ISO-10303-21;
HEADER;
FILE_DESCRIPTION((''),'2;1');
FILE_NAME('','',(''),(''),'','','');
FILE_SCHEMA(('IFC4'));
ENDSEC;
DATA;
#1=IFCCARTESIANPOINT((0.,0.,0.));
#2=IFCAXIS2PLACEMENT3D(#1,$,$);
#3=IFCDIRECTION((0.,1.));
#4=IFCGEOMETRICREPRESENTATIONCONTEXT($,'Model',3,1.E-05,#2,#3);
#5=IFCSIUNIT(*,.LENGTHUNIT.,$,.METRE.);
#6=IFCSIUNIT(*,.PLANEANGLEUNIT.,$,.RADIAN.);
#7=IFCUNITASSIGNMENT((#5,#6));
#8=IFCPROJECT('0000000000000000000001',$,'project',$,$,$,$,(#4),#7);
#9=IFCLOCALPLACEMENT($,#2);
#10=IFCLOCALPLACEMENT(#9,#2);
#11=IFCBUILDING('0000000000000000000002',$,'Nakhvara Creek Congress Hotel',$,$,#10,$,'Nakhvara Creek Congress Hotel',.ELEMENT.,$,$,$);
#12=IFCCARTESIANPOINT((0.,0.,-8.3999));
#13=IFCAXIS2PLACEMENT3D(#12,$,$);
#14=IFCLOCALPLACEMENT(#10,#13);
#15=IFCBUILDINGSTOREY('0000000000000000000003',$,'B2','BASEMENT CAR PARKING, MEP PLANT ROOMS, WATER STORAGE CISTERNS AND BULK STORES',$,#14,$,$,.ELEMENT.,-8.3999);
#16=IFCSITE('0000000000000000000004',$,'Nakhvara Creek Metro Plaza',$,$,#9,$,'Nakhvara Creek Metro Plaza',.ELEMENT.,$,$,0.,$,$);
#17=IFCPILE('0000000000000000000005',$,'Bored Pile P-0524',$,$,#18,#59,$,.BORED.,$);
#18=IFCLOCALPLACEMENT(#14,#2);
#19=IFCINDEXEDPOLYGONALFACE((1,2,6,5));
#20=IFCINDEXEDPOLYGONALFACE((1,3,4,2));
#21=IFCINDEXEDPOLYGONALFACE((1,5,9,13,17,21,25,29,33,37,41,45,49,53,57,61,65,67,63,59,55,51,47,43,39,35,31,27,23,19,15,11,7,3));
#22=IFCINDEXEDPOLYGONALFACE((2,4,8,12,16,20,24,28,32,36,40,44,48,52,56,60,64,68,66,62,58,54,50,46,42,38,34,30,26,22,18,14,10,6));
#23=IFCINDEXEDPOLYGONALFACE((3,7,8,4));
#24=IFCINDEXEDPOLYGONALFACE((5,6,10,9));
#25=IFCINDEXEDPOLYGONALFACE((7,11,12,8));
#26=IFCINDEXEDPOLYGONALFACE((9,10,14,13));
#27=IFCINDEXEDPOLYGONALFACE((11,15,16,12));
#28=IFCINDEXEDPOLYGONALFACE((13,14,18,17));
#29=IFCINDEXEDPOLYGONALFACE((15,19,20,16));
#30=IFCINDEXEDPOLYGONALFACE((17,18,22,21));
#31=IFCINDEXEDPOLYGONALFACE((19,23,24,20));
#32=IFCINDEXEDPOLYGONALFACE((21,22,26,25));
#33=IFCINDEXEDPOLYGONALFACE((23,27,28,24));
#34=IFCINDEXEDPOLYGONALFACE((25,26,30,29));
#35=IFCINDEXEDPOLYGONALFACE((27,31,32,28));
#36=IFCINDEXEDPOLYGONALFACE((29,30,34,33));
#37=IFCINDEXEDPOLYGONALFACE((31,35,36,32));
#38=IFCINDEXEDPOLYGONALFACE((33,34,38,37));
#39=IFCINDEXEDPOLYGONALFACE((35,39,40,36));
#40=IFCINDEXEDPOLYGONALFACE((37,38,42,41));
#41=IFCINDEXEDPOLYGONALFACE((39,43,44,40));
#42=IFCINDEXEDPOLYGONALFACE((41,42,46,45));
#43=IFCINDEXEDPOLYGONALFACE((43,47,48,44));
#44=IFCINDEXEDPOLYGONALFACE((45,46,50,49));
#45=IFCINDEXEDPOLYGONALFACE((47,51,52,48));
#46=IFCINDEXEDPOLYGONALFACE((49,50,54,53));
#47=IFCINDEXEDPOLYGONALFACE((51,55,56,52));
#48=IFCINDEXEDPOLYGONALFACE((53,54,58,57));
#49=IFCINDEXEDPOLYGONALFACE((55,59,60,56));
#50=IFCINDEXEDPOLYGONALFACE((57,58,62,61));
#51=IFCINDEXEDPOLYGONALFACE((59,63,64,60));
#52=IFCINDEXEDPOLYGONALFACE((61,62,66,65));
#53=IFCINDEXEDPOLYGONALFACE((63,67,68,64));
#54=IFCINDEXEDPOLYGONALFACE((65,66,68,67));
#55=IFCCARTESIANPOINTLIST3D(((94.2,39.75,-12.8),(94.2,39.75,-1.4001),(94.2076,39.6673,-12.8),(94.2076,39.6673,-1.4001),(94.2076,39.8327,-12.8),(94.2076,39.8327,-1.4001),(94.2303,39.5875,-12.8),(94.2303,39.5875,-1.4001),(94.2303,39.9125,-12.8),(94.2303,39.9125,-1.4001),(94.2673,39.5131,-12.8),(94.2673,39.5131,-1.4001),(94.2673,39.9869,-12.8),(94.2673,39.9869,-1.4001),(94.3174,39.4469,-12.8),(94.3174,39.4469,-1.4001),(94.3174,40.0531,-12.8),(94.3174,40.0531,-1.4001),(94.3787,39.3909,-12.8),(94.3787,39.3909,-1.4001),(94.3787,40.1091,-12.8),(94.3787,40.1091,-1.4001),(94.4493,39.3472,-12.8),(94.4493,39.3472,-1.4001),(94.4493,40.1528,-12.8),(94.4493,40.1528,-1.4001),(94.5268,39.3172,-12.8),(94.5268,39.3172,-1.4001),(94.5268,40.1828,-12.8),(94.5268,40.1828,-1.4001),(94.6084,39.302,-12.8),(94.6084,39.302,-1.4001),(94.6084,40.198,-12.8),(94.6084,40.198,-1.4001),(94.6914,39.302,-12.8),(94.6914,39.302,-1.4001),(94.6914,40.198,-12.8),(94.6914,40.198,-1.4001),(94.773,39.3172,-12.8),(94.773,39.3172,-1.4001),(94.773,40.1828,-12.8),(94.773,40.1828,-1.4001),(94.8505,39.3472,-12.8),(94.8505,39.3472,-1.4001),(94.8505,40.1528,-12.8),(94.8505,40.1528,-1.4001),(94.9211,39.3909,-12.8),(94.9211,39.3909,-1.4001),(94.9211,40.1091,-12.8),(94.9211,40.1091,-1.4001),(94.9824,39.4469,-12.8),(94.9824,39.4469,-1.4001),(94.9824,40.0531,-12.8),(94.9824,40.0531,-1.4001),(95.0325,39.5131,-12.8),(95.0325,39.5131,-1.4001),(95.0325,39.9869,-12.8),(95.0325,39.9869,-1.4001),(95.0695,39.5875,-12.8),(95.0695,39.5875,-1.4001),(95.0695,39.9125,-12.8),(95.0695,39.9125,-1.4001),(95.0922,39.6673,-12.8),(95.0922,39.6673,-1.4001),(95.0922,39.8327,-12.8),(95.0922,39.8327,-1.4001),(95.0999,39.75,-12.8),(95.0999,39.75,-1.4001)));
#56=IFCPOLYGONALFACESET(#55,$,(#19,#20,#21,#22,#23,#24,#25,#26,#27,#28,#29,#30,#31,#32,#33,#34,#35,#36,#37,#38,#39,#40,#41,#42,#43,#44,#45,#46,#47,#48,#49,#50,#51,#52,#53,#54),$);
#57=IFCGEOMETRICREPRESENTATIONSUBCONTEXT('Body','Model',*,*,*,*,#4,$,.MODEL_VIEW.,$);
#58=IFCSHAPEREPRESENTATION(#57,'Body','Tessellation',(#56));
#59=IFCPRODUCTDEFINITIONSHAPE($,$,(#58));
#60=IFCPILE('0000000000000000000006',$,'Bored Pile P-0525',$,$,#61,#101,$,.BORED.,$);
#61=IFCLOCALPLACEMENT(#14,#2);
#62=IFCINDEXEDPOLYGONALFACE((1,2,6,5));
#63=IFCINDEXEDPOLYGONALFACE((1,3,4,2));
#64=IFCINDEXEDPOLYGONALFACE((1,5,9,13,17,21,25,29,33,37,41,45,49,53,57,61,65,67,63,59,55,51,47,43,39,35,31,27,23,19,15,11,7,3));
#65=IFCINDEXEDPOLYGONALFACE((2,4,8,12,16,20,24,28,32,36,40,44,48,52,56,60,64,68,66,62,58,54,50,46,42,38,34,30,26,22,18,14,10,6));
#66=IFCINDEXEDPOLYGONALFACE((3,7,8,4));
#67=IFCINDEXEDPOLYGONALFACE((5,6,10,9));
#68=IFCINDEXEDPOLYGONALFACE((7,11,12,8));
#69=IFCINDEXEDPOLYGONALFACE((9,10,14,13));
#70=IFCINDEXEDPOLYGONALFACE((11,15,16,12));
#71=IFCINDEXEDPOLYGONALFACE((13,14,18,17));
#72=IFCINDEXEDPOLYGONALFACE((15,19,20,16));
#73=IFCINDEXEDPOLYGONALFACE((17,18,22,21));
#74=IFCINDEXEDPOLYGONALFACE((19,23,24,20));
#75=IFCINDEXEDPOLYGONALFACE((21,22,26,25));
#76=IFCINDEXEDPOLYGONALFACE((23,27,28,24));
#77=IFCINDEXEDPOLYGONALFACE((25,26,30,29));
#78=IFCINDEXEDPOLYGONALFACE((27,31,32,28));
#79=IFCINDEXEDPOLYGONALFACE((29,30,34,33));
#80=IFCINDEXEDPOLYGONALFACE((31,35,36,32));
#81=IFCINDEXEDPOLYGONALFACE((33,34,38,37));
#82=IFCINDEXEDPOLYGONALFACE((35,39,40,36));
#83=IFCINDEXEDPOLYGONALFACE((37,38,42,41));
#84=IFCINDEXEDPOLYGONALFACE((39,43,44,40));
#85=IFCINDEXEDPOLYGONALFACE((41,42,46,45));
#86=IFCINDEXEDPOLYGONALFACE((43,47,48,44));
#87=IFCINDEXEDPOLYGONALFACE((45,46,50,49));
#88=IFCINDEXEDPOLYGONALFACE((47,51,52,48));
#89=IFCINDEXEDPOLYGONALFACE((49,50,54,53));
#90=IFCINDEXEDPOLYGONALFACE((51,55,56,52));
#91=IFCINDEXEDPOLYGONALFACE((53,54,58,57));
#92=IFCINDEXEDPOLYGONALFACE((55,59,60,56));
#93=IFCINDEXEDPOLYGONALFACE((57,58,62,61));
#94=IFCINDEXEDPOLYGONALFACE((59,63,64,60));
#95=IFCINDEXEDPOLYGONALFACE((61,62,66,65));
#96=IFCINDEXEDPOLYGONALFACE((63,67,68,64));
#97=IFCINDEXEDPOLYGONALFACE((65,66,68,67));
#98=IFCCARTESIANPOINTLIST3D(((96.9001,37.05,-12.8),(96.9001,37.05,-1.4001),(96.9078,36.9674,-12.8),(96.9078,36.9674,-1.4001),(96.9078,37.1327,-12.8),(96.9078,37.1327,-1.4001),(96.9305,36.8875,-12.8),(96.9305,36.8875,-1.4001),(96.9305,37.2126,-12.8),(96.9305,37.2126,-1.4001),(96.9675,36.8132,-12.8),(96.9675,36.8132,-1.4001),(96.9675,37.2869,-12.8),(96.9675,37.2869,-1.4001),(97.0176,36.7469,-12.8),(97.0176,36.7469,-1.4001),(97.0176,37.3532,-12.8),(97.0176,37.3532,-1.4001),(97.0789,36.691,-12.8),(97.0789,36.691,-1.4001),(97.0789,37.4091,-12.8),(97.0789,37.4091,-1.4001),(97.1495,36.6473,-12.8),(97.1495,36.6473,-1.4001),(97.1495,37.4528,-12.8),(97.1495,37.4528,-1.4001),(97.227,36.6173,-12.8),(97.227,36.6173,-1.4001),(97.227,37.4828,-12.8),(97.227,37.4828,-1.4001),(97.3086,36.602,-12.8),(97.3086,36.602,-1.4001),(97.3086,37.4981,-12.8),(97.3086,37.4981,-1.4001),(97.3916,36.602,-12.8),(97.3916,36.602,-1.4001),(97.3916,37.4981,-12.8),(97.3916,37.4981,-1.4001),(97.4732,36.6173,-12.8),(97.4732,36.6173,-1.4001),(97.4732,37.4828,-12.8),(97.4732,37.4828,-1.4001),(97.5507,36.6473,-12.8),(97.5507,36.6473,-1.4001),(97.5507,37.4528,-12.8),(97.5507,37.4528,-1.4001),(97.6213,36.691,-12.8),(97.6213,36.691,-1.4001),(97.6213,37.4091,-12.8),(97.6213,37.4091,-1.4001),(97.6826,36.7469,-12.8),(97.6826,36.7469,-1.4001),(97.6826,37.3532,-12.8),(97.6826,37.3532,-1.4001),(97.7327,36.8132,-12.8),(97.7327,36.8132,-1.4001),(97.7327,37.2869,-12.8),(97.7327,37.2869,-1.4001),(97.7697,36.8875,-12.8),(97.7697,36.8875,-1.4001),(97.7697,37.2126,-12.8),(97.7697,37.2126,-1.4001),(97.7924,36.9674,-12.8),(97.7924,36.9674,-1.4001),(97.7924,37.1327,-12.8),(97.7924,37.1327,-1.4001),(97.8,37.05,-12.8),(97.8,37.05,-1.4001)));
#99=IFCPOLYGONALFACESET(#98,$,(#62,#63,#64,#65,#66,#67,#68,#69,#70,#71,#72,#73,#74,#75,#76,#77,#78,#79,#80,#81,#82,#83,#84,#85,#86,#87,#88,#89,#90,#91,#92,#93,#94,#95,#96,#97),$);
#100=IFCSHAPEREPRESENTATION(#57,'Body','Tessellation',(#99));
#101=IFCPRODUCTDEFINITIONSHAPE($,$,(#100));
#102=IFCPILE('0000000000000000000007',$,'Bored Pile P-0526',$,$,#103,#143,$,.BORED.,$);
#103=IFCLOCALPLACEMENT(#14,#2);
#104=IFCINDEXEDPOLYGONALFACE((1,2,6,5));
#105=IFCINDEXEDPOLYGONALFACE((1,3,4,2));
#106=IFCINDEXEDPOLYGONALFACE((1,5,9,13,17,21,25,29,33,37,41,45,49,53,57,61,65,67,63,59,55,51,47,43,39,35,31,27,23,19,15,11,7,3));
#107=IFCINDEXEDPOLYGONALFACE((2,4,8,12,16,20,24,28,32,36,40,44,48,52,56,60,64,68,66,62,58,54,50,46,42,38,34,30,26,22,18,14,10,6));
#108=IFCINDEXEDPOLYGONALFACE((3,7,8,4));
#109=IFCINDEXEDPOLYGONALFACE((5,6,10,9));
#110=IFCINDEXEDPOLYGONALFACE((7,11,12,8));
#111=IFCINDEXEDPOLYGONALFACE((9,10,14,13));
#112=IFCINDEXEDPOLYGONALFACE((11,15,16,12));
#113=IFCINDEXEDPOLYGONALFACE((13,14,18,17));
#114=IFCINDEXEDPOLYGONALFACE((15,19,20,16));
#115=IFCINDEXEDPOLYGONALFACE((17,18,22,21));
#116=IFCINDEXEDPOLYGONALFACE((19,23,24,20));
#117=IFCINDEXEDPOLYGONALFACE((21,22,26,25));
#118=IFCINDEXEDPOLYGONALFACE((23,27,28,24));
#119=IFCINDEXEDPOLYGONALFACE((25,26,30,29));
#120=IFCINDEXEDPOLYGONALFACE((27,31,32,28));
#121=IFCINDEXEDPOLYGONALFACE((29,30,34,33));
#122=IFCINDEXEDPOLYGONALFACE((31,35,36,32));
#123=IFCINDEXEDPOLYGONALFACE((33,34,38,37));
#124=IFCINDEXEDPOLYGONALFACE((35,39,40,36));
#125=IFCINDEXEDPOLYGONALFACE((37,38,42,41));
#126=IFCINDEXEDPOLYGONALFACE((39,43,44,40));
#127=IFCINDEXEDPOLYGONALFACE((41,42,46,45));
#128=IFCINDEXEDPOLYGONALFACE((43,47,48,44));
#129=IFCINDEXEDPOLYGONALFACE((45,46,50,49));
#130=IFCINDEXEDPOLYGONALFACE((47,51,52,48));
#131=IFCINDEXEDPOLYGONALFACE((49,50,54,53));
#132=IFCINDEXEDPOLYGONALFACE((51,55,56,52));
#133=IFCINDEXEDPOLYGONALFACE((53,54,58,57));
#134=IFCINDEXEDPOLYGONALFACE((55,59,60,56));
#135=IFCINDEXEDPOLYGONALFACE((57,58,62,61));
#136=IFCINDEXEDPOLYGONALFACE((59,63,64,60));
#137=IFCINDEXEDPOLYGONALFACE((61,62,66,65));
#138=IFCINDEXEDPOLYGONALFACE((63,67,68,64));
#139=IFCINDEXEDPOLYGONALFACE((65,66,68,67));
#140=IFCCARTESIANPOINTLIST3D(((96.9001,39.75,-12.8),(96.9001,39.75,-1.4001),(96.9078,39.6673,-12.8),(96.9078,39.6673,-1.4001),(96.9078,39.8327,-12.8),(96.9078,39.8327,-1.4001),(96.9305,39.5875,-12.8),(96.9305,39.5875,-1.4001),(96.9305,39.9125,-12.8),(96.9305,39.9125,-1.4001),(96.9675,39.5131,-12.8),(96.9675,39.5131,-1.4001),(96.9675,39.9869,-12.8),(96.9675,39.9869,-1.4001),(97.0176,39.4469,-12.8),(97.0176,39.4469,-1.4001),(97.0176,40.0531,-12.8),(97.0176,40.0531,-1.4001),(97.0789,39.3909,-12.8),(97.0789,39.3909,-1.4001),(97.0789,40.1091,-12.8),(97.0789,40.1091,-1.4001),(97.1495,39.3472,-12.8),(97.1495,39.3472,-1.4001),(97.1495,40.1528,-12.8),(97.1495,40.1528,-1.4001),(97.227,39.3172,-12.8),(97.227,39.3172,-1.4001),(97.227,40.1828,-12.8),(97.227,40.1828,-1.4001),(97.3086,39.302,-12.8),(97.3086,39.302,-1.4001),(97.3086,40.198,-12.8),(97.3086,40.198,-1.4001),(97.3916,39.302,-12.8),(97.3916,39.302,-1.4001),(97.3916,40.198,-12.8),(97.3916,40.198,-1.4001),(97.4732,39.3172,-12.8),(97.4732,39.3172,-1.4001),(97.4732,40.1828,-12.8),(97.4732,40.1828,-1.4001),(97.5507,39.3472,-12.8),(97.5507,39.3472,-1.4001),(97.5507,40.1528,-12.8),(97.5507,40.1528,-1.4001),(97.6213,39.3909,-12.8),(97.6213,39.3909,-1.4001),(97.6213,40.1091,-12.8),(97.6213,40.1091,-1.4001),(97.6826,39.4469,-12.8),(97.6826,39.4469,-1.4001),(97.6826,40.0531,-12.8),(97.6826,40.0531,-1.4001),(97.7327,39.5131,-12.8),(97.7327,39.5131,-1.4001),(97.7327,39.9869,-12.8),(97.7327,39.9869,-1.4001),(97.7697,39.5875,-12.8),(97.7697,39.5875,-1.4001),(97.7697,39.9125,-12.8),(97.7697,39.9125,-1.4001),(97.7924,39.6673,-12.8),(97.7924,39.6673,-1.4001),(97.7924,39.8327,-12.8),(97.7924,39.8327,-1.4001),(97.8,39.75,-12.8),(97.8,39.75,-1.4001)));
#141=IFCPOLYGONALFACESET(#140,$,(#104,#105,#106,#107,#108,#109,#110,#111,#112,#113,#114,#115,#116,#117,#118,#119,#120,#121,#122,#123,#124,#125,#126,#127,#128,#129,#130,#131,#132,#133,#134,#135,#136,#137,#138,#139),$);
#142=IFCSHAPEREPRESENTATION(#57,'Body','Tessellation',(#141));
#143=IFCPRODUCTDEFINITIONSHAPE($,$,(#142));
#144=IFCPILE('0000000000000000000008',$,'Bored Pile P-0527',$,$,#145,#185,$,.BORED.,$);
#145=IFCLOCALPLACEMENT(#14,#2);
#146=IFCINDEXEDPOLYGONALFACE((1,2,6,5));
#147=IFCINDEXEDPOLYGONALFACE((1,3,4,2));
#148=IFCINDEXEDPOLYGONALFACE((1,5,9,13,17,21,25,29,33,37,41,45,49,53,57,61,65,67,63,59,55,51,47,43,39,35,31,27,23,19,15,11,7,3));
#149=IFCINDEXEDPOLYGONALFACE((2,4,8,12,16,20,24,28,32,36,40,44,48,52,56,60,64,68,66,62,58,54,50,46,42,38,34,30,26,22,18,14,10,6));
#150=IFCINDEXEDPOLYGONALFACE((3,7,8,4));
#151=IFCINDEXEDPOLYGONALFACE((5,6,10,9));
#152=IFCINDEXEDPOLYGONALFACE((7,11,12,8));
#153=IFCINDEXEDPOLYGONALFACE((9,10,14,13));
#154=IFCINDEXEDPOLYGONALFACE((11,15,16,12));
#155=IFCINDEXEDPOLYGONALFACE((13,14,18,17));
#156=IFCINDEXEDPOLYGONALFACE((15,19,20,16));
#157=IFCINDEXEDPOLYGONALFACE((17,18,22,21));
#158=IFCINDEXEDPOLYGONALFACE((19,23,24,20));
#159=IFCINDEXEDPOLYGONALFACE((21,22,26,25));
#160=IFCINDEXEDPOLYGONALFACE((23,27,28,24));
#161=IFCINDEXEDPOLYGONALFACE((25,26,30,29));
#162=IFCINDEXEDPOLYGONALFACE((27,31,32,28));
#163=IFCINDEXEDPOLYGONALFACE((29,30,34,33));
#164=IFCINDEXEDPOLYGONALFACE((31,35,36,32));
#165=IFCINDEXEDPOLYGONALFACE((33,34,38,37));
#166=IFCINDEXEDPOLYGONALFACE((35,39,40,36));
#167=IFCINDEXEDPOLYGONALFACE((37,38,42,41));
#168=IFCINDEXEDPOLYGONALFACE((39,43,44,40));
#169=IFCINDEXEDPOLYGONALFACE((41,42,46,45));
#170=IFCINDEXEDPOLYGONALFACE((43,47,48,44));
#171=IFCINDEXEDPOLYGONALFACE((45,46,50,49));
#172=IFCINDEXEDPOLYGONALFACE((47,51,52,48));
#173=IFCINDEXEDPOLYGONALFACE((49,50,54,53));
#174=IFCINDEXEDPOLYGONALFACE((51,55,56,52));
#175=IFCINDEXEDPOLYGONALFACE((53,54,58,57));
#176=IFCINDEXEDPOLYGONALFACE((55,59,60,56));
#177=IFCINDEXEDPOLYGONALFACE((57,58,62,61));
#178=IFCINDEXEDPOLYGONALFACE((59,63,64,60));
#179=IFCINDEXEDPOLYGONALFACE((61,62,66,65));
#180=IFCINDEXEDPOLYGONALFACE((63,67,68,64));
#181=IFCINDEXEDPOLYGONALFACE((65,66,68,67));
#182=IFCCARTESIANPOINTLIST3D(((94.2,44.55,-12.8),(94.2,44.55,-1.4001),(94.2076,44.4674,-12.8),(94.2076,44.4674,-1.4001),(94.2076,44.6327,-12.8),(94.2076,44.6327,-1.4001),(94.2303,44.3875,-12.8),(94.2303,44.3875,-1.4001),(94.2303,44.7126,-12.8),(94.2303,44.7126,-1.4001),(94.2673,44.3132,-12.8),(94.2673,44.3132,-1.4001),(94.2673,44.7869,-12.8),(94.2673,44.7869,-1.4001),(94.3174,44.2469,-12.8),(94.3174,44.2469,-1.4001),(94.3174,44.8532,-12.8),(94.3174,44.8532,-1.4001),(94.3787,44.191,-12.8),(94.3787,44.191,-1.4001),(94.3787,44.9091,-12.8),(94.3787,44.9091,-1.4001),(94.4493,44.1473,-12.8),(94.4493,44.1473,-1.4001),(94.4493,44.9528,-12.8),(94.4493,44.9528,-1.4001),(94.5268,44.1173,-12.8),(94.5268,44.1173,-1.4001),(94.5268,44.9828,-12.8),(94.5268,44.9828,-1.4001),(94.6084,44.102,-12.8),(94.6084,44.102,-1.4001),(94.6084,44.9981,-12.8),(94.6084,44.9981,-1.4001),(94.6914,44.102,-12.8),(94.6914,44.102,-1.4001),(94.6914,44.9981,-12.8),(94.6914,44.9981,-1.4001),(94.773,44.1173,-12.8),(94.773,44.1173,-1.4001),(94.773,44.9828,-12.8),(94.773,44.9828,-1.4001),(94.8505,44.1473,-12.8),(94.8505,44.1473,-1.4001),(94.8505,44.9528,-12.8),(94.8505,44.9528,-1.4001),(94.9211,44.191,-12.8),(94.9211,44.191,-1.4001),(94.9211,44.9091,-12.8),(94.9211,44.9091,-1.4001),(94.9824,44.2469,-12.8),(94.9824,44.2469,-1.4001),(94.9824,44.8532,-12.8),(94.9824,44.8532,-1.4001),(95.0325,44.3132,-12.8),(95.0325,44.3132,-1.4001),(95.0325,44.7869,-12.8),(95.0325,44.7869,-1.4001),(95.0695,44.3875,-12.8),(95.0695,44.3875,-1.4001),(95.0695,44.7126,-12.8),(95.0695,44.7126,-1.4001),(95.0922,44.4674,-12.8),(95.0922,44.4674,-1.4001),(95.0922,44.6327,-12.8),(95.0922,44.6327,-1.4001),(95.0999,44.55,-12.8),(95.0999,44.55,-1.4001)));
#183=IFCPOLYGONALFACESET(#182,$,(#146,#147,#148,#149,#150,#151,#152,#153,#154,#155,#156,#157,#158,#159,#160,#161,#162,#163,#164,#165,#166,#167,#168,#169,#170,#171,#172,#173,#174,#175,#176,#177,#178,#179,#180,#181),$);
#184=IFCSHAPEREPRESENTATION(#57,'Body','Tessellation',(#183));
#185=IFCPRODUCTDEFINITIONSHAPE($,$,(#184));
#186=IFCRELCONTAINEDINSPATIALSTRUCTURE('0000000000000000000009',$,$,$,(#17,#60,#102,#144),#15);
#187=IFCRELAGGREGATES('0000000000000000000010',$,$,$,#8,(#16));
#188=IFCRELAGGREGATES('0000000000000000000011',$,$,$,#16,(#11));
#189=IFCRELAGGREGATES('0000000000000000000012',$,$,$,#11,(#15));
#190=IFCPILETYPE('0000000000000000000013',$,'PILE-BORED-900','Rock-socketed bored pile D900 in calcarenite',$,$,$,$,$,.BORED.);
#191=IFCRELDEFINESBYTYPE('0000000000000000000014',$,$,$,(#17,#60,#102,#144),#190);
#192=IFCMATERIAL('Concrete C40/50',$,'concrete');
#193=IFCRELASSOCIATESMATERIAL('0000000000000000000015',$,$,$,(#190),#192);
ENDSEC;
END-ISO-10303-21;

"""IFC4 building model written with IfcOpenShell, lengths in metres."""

from ifc_helpers import new_model, si_unit, direction, frame, origin, origin_2d, place, context, subcontext, project, spatial, circle, extrude, material, material_profile, profile_set, type_object, element, save


model = new_model("IFC4")

# Units and contexts
model_context = context("Model", 3, precision=1e-05, world=origin(), true_north=direction((0.0, 1.0)))
body_context = subcontext(model_context, "Body", "Model", "MODEL_VIEW")
ifc_project = project(units=[si_unit("LENGTHUNIT", "METRE"), si_unit("PLANEANGLEUNIT", "RADIAN")], contexts=[model_context])

# Site, building, storey
site_placement = place(None, origin())
site = spatial("IfcSite", under=ifc_project, at=site_placement, Name="Nakhvara Creek Metro Plaza", LongName="Nakhvara Creek Metro Plaza", CompositionType="ELEMENT", RefElevation=0.0)
building_placement = place(site_placement, origin())
building = spatial("IfcBuilding", under=site, at=building_placement, Name="Nakhvara Creek Congress Hotel", LongName="Nakhvara Creek Congress Hotel", CompositionType="ELEMENT")
storey_placement = place(building_placement, frame((0.0, 0.0, -8.3999)))
storey = spatial("IfcBuildingStorey", under=building, at=storey_placement, Name="B2", Description="BASEMENT CAR PARKING, MEP PLANT ROOMS, WATER STORAGE CISTERNS AND BULK STORES", CompositionType="ELEMENT", Elevation=-8.3999)

# Shared definitions
ifc_material_1 = material(Name="Concrete C40/50", Category="concrete")

# Piles
ifc_material_profile_1 = material_profile(ifc_material_1, circle(Radius=0.45, at=origin_2d()), Name="BORED PILE D900", Category="LoadBearing")
ifc_profile_set_1 = profile_set([ifc_material_profile_1], Name="Concrete C40/50")
pile_type = type_object("IfcPileType", Name="PILE-BORED-900", Description="Rock-socketed bored pile D900 in calcarenite", PredefinedType="BORED", material=ifc_profile_set_1)
for number, where, z_axis, x_axis, name in (
    (1, (94.6499, 39.75, -1.4001), (0.0, 0.0, -1.0), (1.0, 0.0, 0.0), "Bored Pile P-0524"),
    (2, (97.3501, 37.05, -1.4001), (0.0, 0.0, -1.0), (1.0, 0.0, 0.0), "Bored Pile P-0525"),
    (3, (97.3501, 39.75, -1.4001), (0.0, 0.0, -1.0), (1.0, 0.0, 0.0), "Bored Pile P-0526"),
    (4, (94.6499, 44.55, -1.4001), (0.0, 0.0, -1.0), (1.0, 0.0, 0.0), "Bored Pile P-0527"),
):
    element("IfcPile", number, at=place(storey_placement, frame(where, z_axis=z_axis, x_axis=x_axis)), inside=storey, type_object=pile_type, Name=name, PredefinedType="BORED", context=body_context, shape_type="SweptSolid", body=[
        extrude(circle(Radius=0.45, at=origin_2d()), origin(), (0.0, 0.0, 1.0), 11.3999),
    ])

save(model, "model.ifc")
